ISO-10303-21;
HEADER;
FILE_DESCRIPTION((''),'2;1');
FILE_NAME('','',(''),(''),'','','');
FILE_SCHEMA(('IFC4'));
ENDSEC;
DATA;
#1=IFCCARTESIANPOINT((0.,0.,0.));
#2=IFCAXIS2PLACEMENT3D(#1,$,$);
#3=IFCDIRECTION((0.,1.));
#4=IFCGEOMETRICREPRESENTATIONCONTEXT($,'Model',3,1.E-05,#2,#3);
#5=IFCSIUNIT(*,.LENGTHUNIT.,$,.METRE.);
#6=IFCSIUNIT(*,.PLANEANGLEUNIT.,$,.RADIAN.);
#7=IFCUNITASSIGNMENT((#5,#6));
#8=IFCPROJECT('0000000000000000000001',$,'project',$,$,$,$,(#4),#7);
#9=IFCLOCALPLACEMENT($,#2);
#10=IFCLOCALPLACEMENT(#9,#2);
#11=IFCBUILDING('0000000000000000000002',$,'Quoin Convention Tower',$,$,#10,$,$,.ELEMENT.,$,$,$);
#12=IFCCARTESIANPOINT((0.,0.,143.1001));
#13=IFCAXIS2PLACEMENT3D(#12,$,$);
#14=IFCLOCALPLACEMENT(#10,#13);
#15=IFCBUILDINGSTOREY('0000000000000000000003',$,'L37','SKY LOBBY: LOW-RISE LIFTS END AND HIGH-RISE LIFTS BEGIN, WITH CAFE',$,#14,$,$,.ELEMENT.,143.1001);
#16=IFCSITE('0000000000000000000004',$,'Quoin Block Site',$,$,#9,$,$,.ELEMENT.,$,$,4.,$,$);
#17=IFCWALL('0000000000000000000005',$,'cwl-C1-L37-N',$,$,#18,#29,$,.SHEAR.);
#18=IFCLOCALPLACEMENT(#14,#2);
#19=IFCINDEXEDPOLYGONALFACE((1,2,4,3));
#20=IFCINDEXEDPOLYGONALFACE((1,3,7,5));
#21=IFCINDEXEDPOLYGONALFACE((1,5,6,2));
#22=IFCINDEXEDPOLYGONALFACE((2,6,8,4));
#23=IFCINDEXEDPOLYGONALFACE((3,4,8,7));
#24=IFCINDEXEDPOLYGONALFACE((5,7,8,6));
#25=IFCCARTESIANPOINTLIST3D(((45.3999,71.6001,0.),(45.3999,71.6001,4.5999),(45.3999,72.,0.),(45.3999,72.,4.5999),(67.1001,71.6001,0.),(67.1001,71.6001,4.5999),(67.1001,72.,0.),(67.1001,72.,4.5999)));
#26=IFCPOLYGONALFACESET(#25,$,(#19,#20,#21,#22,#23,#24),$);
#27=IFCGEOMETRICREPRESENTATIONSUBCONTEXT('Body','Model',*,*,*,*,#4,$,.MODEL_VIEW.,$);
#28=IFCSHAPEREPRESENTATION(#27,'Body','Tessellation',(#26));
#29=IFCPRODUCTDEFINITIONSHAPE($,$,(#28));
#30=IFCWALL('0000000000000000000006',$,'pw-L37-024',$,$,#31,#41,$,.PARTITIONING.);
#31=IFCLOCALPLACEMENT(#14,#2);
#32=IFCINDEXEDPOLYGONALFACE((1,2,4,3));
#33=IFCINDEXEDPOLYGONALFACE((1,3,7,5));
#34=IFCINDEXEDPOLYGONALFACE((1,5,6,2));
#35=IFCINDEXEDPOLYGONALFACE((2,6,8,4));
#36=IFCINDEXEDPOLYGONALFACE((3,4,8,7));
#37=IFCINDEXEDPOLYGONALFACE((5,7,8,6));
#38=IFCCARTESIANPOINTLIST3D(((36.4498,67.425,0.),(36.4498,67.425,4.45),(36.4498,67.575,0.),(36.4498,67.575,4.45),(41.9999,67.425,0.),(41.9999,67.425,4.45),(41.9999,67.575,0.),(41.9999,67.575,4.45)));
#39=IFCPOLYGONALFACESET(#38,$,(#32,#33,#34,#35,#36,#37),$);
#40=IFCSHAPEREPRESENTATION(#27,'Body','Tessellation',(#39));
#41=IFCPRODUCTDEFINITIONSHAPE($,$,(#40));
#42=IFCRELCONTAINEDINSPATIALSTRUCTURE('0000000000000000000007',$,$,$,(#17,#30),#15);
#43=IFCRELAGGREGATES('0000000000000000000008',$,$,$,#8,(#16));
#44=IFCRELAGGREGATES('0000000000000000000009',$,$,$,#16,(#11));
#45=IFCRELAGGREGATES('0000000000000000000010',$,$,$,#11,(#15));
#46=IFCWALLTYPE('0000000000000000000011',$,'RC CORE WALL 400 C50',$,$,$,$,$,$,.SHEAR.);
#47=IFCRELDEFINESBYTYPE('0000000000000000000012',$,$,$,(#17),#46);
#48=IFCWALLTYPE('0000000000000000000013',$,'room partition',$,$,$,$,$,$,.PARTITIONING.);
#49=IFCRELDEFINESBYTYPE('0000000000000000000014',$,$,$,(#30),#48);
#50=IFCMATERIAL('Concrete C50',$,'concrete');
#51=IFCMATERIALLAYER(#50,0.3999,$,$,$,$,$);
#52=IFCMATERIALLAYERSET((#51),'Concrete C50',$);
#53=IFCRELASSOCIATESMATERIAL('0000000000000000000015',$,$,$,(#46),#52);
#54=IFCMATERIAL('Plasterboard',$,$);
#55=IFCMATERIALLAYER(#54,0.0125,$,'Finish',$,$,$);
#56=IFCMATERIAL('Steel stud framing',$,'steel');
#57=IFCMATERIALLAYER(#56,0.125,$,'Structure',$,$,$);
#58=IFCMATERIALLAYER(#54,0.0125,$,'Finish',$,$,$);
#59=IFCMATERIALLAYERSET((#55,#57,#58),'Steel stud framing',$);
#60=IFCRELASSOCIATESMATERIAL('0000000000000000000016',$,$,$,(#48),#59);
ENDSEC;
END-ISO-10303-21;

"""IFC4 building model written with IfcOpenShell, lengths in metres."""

from ifc_helpers import new_model, si_unit, direction, frame, frame_2d, origin, place, context, subcontext, project, spatial, rectangle, extrude, material, layer, layer_set, type_object, element, save


model = new_model("IFC4")

# Units and contexts
model_context = context("Model", 3, precision=1e-05, world=origin(), true_north=direction((0.0, 1.0)))
body_context = subcontext(model_context, "Body", "Model", "MODEL_VIEW")
ifc_project = project(units=[si_unit("LENGTHUNIT", "METRE"), si_unit("PLANEANGLEUNIT", "RADIAN")], contexts=[model_context])

# Site, building, storey
site_placement = place(None, origin())
site = spatial("IfcSite", under=ifc_project, at=site_placement, Name="Quoin Block Site", CompositionType="ELEMENT", RefElevation=4.0)
building_placement = place(site_placement, origin())
building = spatial("IfcBuilding", under=site, at=building_placement, Name="Quoin Convention Tower", CompositionType="ELEMENT")
storey_placement = place(building_placement, frame((0.0, 0.0, 143.1001)))
storey = spatial("IfcBuildingStorey", under=building, at=storey_placement, Name="L37", Description="SKY LOBBY: LOW-RISE LIFTS END AND HIGH-RISE LIFTS BEGIN, WITH CAFE", CompositionType="ELEMENT", Elevation=143.1001)

# Shared definitions
ifc_material_1 = material(Name="Concrete C50", Category="concrete")

# Shared definitions
ifc_material_2 = material(Name="Plasterboard")
ifc_material_3 = material(Name="Steel stud framing", Category="steel")

# Walls
ifc_layer_1 = layer(ifc_material_1, 0.3999)
ifc_layer_set_1 = layer_set([ifc_layer_1], Name="Concrete C50")
wall_type_1 = type_object("IfcWallType", Name="RC CORE WALL 400 C50", PredefinedType="SHEAR", material=ifc_layer_set_1)
wall_1_placement = place(storey_placement, frame((45.3999, 71.8, 0.0), z_axis=(0.0, 0.0, 1.0), x_axis=(1.0, 0.0, 0.0)))
element("IfcWall", 1, at=wall_1_placement, inside=storey, type_object=wall_type_1, Name="cwl-C1-L37-N", PredefinedType="SHEAR", context=body_context, shape_type="SweptSolid", body=[
    extrude(rectangle(XDim=21.7002, YDim=0.3999, at=frame_2d((10.8501, 0.0))), origin(), (0.0, 0.0, 1.0), 4.5999),
])
ifc_layer_2 = layer(ifc_material_2, 0.0125, Name="Finish")
ifc_layer_3 = layer(ifc_material_3, 0.125, Name="Structure")
ifc_layer_4 = layer(ifc_material_2, 0.0125, Name="Finish")
ifc_layer_set_2 = layer_set([ifc_layer_2, ifc_layer_3, ifc_layer_4], Name="Steel stud framing")
wall_type_2 = type_object("IfcWallType", Name="room partition", PredefinedType="PARTITIONING", material=ifc_layer_set_2)
wall_2_placement = place(storey_placement, frame((36.45, 67.5, 0.0), z_axis=(0.0, 0.0, 1.0), x_axis=(1.0, 0.0, 0.0)))
element("IfcWall", 2, at=wall_2_placement, inside=storey, type_object=wall_type_2, Name="pw-L37-024", PredefinedType="PARTITIONING", context=body_context, shape_type="SweptSolid", body=[
    extrude(rectangle(XDim=5.55, YDim=0.1499, at=frame_2d((2.7749, 0.0))), origin(), (0.0, 0.0, 1.0), 4.45),
])

save(model, "model.ifc")
